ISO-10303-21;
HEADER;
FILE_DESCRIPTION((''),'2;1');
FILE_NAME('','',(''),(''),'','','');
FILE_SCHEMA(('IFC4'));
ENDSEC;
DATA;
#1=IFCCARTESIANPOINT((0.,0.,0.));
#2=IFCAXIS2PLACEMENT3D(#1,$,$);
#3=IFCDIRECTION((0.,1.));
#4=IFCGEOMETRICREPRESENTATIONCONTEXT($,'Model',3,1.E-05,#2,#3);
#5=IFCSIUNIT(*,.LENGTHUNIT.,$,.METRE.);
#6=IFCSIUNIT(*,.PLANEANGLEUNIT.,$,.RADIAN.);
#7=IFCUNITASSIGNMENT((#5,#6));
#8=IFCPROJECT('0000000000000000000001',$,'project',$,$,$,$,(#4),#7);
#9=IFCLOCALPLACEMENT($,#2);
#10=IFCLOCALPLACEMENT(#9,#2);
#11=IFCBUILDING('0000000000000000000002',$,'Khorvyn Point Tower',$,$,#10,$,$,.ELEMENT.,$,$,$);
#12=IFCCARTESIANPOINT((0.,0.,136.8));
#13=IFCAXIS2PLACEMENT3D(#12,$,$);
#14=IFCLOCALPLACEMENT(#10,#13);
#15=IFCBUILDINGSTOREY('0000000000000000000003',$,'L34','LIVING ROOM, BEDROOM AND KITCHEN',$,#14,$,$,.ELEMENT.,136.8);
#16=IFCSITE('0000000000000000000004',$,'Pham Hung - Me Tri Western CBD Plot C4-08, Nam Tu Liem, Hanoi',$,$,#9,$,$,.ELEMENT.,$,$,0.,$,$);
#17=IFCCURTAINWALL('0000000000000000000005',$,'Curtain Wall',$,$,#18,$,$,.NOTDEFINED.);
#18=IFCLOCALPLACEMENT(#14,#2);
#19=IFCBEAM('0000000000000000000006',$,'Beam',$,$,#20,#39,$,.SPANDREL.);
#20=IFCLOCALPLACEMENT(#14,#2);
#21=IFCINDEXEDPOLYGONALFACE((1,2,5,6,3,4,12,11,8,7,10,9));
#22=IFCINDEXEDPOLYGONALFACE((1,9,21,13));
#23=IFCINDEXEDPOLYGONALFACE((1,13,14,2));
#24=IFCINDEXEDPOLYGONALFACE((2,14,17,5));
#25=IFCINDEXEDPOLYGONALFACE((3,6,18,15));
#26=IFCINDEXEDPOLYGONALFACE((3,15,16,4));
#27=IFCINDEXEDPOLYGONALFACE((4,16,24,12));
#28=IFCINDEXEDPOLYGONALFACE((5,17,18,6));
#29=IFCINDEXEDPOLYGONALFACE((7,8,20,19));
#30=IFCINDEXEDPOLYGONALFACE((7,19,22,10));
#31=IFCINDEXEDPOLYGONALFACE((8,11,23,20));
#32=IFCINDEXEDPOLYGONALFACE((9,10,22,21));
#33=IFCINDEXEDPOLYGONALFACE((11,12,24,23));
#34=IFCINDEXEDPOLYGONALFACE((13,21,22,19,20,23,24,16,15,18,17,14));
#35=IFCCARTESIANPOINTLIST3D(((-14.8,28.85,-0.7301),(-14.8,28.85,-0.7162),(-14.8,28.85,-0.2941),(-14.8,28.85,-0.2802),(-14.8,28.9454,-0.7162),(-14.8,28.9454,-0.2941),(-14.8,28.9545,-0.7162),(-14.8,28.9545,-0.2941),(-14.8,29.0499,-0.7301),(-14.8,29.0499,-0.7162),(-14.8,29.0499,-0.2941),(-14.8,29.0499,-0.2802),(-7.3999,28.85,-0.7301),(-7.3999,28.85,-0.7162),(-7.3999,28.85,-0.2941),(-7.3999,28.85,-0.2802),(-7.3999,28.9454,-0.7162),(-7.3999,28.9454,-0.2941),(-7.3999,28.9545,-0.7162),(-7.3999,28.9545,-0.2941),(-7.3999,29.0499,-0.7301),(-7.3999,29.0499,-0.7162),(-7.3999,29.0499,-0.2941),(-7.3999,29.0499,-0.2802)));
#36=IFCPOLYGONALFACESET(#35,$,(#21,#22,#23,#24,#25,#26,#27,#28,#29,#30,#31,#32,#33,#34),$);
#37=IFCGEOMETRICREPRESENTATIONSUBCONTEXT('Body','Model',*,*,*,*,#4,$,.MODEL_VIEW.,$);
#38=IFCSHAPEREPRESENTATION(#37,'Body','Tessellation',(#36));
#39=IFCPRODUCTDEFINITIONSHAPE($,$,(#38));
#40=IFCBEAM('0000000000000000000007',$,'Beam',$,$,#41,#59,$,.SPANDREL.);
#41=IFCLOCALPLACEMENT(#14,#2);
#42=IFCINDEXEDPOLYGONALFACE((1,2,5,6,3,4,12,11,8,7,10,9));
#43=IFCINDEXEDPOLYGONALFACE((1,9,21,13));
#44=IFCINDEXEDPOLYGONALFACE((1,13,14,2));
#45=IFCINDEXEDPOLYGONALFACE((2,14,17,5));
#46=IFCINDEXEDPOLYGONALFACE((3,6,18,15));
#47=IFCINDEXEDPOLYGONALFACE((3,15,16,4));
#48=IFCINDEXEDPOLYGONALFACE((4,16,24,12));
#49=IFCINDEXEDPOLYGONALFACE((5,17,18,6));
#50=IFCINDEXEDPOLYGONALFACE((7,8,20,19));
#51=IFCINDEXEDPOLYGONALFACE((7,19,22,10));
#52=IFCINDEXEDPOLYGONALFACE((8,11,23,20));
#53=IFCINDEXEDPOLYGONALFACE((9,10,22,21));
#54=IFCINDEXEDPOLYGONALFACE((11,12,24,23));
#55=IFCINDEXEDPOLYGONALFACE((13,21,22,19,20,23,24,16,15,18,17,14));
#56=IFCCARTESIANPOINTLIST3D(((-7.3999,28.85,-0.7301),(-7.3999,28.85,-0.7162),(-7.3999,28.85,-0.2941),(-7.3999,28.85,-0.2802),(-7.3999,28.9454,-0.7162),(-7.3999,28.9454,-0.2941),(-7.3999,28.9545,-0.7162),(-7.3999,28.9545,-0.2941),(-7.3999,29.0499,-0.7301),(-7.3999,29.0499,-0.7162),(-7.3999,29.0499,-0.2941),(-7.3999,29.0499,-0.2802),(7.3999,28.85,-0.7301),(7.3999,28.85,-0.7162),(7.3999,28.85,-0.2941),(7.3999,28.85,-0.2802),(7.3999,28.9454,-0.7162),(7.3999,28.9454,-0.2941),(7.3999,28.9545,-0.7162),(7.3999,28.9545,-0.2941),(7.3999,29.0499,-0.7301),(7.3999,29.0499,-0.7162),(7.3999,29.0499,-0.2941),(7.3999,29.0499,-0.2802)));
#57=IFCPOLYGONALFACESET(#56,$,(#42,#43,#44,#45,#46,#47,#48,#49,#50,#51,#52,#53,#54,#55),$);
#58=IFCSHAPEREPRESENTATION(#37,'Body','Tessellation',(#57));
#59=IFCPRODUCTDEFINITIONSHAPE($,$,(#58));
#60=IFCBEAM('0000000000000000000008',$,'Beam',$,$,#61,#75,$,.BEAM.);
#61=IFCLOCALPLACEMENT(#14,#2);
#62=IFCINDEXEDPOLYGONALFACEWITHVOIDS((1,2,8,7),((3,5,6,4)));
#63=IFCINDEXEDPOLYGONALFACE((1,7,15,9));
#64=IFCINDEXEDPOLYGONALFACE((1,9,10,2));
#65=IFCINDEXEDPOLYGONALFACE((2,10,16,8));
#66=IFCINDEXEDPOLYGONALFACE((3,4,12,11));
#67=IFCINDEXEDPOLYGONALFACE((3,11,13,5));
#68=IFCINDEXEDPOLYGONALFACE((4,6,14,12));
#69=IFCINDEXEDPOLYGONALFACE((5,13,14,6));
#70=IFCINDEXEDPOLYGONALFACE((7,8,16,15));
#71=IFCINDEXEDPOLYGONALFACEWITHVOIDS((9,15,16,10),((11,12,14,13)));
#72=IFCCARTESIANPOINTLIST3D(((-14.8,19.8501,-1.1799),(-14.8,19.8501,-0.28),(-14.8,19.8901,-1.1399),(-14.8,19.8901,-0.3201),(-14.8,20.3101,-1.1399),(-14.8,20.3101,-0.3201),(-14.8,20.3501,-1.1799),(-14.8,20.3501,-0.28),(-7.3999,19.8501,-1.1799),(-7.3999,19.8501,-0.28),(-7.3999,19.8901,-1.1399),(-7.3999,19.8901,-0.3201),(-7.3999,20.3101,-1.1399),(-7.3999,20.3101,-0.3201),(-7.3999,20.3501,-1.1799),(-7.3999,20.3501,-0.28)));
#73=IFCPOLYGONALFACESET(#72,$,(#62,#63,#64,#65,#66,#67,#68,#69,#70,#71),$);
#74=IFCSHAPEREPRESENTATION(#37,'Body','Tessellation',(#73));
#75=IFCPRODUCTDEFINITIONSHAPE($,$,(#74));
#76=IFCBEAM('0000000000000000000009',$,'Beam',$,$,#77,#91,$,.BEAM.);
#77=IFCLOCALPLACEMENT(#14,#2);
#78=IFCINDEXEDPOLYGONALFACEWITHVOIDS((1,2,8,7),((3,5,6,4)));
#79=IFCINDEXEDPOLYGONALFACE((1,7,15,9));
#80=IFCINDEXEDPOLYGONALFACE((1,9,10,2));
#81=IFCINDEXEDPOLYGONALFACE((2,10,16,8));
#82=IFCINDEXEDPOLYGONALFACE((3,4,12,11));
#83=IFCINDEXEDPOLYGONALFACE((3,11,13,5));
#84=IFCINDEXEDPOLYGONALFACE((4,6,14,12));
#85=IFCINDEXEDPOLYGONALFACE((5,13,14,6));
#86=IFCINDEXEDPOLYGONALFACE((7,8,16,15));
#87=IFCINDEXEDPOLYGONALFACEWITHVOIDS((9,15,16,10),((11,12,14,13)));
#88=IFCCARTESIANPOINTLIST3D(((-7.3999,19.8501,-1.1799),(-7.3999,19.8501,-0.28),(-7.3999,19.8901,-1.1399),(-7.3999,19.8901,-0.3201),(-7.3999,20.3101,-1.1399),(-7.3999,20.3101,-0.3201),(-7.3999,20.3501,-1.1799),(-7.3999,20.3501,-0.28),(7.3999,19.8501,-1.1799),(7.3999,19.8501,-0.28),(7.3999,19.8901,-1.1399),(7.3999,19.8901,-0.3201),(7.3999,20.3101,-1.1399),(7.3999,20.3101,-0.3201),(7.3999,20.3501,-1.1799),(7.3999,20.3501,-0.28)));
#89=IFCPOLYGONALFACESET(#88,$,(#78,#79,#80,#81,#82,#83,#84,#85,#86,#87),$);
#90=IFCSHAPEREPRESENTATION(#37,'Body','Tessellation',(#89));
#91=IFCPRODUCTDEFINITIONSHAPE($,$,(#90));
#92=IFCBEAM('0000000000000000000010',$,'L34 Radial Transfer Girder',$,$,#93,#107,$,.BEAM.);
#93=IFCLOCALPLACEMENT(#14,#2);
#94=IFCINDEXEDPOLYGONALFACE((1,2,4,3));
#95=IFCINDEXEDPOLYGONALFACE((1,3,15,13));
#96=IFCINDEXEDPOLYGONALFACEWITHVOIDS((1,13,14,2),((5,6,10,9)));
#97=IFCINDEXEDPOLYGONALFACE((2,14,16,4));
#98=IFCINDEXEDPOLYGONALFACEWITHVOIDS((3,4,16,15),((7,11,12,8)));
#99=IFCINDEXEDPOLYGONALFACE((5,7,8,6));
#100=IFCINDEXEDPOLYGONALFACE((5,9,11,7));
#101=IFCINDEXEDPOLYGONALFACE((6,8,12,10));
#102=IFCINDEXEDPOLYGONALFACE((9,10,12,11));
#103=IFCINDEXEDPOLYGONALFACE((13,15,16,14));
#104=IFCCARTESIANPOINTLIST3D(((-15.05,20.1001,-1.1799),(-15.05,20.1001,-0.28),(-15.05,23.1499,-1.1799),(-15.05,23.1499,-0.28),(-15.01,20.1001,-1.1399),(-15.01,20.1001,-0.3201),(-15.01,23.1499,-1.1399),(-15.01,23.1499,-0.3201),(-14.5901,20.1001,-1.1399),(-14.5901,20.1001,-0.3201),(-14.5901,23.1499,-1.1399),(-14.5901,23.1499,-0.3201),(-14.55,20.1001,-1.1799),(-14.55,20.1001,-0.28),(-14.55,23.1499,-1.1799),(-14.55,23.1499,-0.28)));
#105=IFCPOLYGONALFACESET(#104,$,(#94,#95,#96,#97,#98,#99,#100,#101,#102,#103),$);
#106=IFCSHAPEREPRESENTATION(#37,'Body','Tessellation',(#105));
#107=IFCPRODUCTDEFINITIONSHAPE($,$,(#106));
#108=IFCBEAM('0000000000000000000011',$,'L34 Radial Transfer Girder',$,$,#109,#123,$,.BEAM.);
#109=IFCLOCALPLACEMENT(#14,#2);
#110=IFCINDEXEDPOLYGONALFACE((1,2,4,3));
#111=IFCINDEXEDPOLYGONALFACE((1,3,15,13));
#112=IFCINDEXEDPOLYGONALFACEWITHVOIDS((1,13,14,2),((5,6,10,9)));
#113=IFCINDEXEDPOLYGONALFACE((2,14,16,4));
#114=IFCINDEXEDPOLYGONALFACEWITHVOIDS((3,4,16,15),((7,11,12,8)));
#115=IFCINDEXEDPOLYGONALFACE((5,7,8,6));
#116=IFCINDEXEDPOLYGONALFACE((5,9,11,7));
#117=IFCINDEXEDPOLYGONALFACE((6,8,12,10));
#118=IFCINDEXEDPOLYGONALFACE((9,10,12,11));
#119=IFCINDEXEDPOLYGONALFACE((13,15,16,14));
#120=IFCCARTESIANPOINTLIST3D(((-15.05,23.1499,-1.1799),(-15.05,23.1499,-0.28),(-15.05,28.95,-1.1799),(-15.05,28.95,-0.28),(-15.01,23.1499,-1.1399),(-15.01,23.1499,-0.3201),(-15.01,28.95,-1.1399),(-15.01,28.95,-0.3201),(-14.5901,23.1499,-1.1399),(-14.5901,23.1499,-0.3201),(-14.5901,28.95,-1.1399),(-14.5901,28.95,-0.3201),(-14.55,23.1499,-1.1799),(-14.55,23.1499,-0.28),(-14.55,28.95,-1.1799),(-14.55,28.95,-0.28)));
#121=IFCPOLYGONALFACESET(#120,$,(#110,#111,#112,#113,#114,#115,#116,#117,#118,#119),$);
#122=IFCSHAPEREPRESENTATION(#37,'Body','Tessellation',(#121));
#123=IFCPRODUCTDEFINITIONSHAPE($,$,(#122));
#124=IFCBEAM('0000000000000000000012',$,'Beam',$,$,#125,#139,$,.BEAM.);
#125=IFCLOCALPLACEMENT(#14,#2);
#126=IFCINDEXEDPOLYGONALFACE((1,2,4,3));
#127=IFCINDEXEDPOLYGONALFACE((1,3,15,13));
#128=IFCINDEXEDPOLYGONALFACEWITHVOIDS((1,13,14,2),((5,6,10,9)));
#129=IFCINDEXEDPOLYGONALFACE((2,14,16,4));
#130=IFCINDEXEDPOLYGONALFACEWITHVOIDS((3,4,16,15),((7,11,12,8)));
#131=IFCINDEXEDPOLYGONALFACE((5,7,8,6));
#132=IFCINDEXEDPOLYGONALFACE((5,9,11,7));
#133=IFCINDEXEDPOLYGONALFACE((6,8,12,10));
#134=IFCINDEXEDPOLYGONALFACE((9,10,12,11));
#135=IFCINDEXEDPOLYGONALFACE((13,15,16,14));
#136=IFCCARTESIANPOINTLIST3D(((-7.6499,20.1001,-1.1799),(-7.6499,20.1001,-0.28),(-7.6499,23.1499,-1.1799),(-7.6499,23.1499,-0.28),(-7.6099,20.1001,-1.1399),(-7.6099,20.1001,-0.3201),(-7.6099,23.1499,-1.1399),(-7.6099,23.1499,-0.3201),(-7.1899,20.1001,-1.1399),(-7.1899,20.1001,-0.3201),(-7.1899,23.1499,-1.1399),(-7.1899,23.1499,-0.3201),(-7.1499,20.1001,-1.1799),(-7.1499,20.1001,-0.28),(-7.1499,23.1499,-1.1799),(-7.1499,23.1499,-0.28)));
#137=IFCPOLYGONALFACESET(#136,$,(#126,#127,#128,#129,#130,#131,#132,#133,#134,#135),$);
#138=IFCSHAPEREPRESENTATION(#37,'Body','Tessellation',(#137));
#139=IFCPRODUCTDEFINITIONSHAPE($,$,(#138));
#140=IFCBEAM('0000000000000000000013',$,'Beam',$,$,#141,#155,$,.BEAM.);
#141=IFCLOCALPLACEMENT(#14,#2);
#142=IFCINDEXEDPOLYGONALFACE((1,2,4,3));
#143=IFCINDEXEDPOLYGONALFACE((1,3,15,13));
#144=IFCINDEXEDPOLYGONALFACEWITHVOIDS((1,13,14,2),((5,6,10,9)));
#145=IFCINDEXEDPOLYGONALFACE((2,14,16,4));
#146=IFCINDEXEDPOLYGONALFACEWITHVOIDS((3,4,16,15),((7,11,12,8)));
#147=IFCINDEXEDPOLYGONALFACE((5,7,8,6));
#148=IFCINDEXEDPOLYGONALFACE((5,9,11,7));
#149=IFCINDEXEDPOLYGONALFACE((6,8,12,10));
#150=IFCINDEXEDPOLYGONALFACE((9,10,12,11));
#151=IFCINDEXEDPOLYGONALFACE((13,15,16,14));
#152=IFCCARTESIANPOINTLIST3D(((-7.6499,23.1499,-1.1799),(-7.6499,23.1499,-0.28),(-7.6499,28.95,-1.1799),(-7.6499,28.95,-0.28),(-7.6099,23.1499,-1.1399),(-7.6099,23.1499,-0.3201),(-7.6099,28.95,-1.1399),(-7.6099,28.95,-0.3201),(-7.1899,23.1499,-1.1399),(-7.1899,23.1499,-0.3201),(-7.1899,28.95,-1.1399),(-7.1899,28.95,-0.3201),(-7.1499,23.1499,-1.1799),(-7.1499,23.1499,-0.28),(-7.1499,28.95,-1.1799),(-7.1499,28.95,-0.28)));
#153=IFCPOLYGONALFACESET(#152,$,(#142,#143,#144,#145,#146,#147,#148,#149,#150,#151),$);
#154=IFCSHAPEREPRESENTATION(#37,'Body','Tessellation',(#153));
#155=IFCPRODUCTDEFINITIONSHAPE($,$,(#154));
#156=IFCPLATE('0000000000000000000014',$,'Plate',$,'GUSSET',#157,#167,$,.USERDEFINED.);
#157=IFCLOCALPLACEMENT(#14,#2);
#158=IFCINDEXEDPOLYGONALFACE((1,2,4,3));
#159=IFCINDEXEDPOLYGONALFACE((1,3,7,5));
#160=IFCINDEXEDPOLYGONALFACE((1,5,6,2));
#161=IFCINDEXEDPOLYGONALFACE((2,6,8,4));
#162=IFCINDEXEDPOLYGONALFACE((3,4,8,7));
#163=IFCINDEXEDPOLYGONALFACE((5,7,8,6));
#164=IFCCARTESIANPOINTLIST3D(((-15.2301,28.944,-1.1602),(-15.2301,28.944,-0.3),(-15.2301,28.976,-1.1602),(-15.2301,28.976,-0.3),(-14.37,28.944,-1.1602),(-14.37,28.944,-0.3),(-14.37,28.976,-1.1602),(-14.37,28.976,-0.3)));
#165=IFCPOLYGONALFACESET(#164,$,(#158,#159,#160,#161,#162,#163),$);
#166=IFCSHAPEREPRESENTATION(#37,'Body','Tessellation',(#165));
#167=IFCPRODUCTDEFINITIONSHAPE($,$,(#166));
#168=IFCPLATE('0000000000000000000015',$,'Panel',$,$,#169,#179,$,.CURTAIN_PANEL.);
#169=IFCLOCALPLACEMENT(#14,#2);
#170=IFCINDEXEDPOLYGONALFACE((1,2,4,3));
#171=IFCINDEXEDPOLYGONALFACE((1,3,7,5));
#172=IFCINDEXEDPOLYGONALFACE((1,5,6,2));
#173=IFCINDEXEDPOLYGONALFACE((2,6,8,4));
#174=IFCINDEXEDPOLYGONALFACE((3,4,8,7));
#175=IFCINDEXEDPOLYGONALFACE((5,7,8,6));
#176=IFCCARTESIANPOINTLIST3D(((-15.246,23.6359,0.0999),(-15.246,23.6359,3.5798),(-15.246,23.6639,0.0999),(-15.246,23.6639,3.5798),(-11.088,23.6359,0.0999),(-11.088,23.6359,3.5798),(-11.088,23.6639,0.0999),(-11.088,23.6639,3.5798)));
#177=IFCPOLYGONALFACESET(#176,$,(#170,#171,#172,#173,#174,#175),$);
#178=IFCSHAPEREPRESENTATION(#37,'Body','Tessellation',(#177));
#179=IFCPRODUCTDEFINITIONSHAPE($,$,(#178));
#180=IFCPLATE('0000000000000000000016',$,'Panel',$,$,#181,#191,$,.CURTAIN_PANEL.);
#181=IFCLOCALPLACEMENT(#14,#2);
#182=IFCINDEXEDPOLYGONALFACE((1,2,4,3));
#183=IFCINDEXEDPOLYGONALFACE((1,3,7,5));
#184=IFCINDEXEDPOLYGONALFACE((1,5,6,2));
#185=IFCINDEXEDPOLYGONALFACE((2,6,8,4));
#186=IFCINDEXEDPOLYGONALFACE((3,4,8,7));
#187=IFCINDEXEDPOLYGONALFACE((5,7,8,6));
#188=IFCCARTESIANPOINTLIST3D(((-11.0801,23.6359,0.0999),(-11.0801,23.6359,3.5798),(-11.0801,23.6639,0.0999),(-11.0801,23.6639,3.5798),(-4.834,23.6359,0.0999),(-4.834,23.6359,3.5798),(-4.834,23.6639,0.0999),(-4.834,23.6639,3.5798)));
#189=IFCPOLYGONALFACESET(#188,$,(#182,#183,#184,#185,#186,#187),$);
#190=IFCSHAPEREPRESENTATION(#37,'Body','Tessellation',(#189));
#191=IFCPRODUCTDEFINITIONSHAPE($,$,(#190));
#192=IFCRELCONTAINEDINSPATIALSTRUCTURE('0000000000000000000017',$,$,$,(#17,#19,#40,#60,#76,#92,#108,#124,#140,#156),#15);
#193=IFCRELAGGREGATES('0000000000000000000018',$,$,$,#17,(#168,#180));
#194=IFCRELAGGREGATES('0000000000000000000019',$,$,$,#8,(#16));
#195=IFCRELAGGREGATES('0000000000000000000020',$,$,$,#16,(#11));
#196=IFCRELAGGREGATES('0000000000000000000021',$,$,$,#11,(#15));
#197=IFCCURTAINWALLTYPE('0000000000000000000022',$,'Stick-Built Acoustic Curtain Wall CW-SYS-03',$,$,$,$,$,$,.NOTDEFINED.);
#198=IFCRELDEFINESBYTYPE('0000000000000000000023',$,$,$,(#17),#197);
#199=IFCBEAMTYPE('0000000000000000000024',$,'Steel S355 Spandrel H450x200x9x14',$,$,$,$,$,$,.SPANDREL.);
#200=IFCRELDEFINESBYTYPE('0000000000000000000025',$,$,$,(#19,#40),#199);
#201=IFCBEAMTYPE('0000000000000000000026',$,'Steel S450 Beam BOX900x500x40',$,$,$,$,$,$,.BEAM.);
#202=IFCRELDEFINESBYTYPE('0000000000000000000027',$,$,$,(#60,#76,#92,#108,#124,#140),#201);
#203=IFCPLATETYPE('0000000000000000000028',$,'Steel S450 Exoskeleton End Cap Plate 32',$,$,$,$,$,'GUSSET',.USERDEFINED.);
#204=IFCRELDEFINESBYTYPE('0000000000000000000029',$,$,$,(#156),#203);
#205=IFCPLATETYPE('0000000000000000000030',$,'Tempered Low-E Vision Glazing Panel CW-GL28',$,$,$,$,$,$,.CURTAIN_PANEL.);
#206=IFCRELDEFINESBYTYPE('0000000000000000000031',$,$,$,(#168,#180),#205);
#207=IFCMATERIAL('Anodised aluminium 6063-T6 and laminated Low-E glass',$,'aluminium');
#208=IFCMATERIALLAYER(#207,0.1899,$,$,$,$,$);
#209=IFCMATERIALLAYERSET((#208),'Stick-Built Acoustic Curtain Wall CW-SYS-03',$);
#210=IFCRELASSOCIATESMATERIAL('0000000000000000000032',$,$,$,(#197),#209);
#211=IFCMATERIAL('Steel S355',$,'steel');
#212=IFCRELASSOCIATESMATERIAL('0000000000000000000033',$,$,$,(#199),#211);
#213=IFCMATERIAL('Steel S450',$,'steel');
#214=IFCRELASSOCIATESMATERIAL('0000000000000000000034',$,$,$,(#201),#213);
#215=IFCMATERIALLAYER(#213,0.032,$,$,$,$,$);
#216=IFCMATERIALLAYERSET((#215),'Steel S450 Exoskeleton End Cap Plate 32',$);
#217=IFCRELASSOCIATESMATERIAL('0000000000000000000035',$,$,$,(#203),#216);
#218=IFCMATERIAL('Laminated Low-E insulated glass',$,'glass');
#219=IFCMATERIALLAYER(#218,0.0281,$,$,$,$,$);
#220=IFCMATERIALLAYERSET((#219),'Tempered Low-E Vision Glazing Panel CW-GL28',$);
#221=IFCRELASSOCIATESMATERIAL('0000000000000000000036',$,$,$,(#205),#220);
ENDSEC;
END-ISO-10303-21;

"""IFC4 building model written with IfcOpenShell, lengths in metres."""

from ifc_helpers import new_model, si_unit, direction, frame, origin, origin_2d, place, context, subcontext, project, spatial, rectangle, hollow_rectangle, i_section, extrude, material, layer, layer_set, material_profile, profile_set, type_object, element, aggregate, save


model = new_model("IFC4")

# Units and contexts
model_context = context("Model", 3, precision=1e-05, world=origin(), true_north=direction((0.0, 1.0)))
body_context = subcontext(model_context, "Body", "Model", "MODEL_VIEW")
ifc_project = project(units=[si_unit("LENGTHUNIT", "METRE"), si_unit("PLANEANGLEUNIT", "RADIAN")], contexts=[model_context])

# Site, building, storey
site_placement = place(None, origin())
site = spatial("IfcSite", under=ifc_project, at=site_placement, Name="Pham Hung - Me Tri Western CBD Plot C4-08, Nam Tu Liem, Hanoi", CompositionType="ELEMENT", RefElevation=0.0)
building_placement = place(site_placement, origin())
building = spatial("IfcBuilding", under=site, at=building_placement, Name="Khorvyn Point Tower", CompositionType="ELEMENT")
storey_placement = place(building_placement, frame((0.0, 0.0, 136.8)))
storey = spatial("IfcBuildingStorey", under=building, at=storey_placement, Name="L34", Description="LIVING ROOM, BEDROOM AND KITCHEN", CompositionType="ELEMENT", Elevation=136.8)

# Shared definitions
ifc_material_1 = material(Name="Steel S450", Category="steel")

# Curtain wall
ifc_material_2 = material(Name="Anodised aluminium 6063-T6 and laminated Low-E glass", Category="aluminium")
ifc_layer_1 = layer(ifc_material_2, 0.1899)
ifc_layer_set_1 = layer_set([ifc_layer_1], Name="Stick-Built Acoustic Curtain Wall CW-SYS-03")
curtain_wall_type = type_object("IfcCurtainWallType", Name="Stick-Built Acoustic Curtain Wall CW-SYS-03", PredefinedType="NOTDEFINED", material=ifc_layer_set_1)
curtain_wall_placement = place(storey_placement, origin())
curtain_wall = element("IfcCurtainWall", 1, at=curtain_wall_placement, inside=storey, type_object=curtain_wall_type, Name="Curtain Wall", PredefinedType="NOTDEFINED")

# Beams
ifc_material_3 = material(Name="Steel S355", Category="steel")
ifc_material_profile_1 = material_profile(ifc_material_3, i_section(OverallWidth=0.2, OverallDepth=0.45, WebThickness=0.009, FlangeThickness=0.0139, at=origin_2d()))
ifc_profile_set_1 = profile_set([ifc_material_profile_1], Name="Steel S355 H450x200x9x14")
beam_type_1 = type_object("IfcBeamType", Name="Steel S355 Spandrel H450x200x9x14", PredefinedType="SPANDREL", material=ifc_profile_set_1)
beam_1_placement = place(storey_placement, frame((-14.8, 28.95, -0.5051), z_axis=(1.0, 0.0, 0.0), x_axis=(0.0, 1.0, 0.0)))
element("IfcBeam", 2, at=beam_1_placement, inside=storey, type_object=beam_type_1, Name="Beam", PredefinedType="SPANDREL", context=body_context, shape_type="SweptSolid", body=[
    extrude(i_section(OverallWidth=0.2, OverallDepth=0.45, WebThickness=0.009, FlangeThickness=0.0139, at=origin_2d()), origin(), (0.0, 0.0, 1.0), 7.4001),
])
beam_2_placement = place(storey_placement, frame((-7.3999, 28.95, -0.5051), z_axis=(1.0, 0.0, 0.0), x_axis=(0.0, 1.0, 0.0)))
element("IfcBeam", 3, at=beam_2_placement, inside=storey, type_object=beam_type_1, Name="Beam", PredefinedType="SPANDREL", context=body_context, shape_type="SweptSolid", body=[
    extrude(i_section(OverallWidth=0.2, OverallDepth=0.45, WebThickness=0.009, FlangeThickness=0.0139, at=origin_2d()), origin(), (0.0, 0.0, 1.0), 14.7998),
])
ifc_material_profile_2 = material_profile(ifc_material_1, hollow_rectangle(XDim=0.5, YDim=0.8999, WallThickness=0.04, at=origin_2d()))
ifc_profile_set_2 = profile_set([ifc_material_profile_2], Name="Steel S450 BOX900x500x40")
beam_type_2 = type_object("IfcBeamType", Name="Steel S450 Beam BOX900x500x40", PredefinedType="BEAM", material=ifc_profile_set_2)
beam_3_placement = place(storey_placement, frame((-14.8, 20.1001, -0.73), z_axis=(1.0, 0.0, 0.0), x_axis=(0.0, 1.0, 0.0)))
element("IfcBeam", 4, at=beam_3_placement, inside=storey, type_object=beam_type_2, Name="Beam", PredefinedType="BEAM", context=body_context, shape_type="SweptSolid", body=[
    extrude(hollow_rectangle(XDim=0.5, YDim=0.8999, WallThickness=0.04, at=origin_2d()), origin(), (0.0, 0.0, 1.0), 7.4001),
])
beam_4_placement = place(storey_placement, frame((-7.3999, 20.1001, -0.73), z_axis=(1.0, 0.0, 0.0), x_axis=(0.0, 1.0, 0.0)))
element("IfcBeam", 5, at=beam_4_placement, inside=storey, type_object=beam_type_2, Name="Beam", PredefinedType="BEAM", context=body_context, shape_type="SweptSolid", body=[
    extrude(hollow_rectangle(XDim=0.5, YDim=0.8999, WallThickness=0.04, at=origin_2d()), origin(), (0.0, 0.0, 1.0), 14.7998),
])
beam_5_placement = place(storey_placement, frame((-14.8, 20.1001, -0.73), z_axis=(0.0, 1.0, 0.0), x_axis=(-1.0, 0.0, 0.0)))
element("IfcBeam", 6, at=beam_5_placement, inside=storey, type_object=beam_type_2, Name="L34 Radial Transfer Girder", PredefinedType="BEAM", context=body_context, shape_type="SweptSolid", body=[
    extrude(hollow_rectangle(XDim=0.5, YDim=0.8999, WallThickness=0.04, at=origin_2d()), origin(), (0.0, 0.0, 1.0), 3.0498),
])
beam_6_placement = place(storey_placement, frame((-14.8, 23.1499, -0.73), z_axis=(0.0, 1.0, 0.0), x_axis=(-1.0, 0.0, 0.0)))
element("IfcBeam", 7, at=beam_6_placement, inside=storey, type_object=beam_type_2, Name="L34 Radial Transfer Girder", PredefinedType="BEAM", context=body_context, shape_type="SweptSolid", body=[
    extrude(hollow_rectangle(XDim=0.5, YDim=0.8999, WallThickness=0.04, at=origin_2d()), origin(), (0.0, 0.0, 1.0), 5.8),
])
beam_7_placement = place(storey_placement, frame((-7.3999, 20.1001, -0.73), z_axis=(0.0, 1.0, 0.0), x_axis=(-1.0, 0.0, 0.0)))
element("IfcBeam", 8, at=beam_7_placement, inside=storey, type_object=beam_type_2, Name="Beam", PredefinedType="BEAM", context=body_context, shape_type="SweptSolid", body=[
    extrude(hollow_rectangle(XDim=0.5, YDim=0.8999, WallThickness=0.04, at=origin_2d()), origin(), (0.0, 0.0, 1.0), 3.0498),
])
beam_8_placement = place(storey_placement, frame((-7.3999, 23.1499, -0.73), z_axis=(0.0, 1.0, 0.0), x_axis=(-1.0, 0.0, 0.0)))
element("IfcBeam", 9, at=beam_8_placement, inside=storey, type_object=beam_type_2, Name="Beam", PredefinedType="BEAM", context=body_context, shape_type="SweptSolid", body=[
    extrude(hollow_rectangle(XDim=0.5, YDim=0.8999, WallThickness=0.04, at=origin_2d()), origin(), (0.0, 0.0, 1.0), 5.8),
])

# Plates
ifc_layer_2 = layer(ifc_material_1, 0.032)
ifc_layer_set_2 = layer_set([ifc_layer_2], Name="Steel S450 Exoskeleton End Cap Plate 32")
plate_type_1 = type_object("IfcPlateType", Name="Steel S450 Exoskeleton End Cap Plate 32", ElementType="GUSSET", PredefinedType="USERDEFINED", material=ifc_layer_set_2)
plate_1_placement = place(storey_placement, frame((-14.8, 28.96, -1.1602), z_axis=(0.0, 0.0, 1.0), x_axis=(1.0, 0.0, 0.0)))
element("IfcPlate", 10, at=plate_1_placement, inside=storey, type_object=plate_type_1, Name="Plate", ObjectType="GUSSET", PredefinedType="USERDEFINED", context=body_context, shape_type="SweptSolid", body=[
    extrude(rectangle(XDim=0.8601, YDim=0.032, at=origin_2d()), origin(), (0.0, 0.0, 1.0), 0.8601),
])
ifc_material_4 = material(Name="Laminated Low-E insulated glass", Category="glass")
ifc_layer_3 = layer(ifc_material_4, 0.0281)
ifc_layer_set_3 = layer_set([ifc_layer_3], Name="Tempered Low-E Vision Glazing Panel CW-GL28")
plate_type_2 = type_object("IfcPlateType", Name="Tempered Low-E Vision Glazing Panel CW-GL28", PredefinedType="CURTAIN_PANEL", material=ifc_layer_set_3)
plate_2_placement = place(storey_placement, frame((-13.167, 23.6499, 0.0999), z_axis=(0.0, 0.0, 1.0), x_axis=(1.0, 0.0, 0.0)))
plate_2 = element("IfcPlate", 11, at=plate_2_placement, type_object=plate_type_2, Name="Panel", PredefinedType="CURTAIN_PANEL", context=body_context, shape_type="SweptSolid", body=[
    extrude(rectangle(XDim=4.158, YDim=0.0281, at=origin_2d()), origin(), (0.0, 0.0, 1.0), 3.48),
])
plate_3_placement = place(storey_placement, frame((-7.957, 23.6499, 0.0999), z_axis=(0.0, 0.0, 1.0), x_axis=(1.0, 0.0, 0.0)))
plate_3 = element("IfcPlate", 12, at=plate_3_placement, type_object=plate_type_2, Name="Panel", PredefinedType="CURTAIN_PANEL", context=body_context, shape_type="SweptSolid", body=[
    extrude(rectangle(XDim=6.2461, YDim=0.0281, at=origin_2d()), origin(), (0.0, 0.0, 1.0), 3.48),
])
aggregate(curtain_wall, [plate_2, plate_3])

save(model, "model.ifc")
